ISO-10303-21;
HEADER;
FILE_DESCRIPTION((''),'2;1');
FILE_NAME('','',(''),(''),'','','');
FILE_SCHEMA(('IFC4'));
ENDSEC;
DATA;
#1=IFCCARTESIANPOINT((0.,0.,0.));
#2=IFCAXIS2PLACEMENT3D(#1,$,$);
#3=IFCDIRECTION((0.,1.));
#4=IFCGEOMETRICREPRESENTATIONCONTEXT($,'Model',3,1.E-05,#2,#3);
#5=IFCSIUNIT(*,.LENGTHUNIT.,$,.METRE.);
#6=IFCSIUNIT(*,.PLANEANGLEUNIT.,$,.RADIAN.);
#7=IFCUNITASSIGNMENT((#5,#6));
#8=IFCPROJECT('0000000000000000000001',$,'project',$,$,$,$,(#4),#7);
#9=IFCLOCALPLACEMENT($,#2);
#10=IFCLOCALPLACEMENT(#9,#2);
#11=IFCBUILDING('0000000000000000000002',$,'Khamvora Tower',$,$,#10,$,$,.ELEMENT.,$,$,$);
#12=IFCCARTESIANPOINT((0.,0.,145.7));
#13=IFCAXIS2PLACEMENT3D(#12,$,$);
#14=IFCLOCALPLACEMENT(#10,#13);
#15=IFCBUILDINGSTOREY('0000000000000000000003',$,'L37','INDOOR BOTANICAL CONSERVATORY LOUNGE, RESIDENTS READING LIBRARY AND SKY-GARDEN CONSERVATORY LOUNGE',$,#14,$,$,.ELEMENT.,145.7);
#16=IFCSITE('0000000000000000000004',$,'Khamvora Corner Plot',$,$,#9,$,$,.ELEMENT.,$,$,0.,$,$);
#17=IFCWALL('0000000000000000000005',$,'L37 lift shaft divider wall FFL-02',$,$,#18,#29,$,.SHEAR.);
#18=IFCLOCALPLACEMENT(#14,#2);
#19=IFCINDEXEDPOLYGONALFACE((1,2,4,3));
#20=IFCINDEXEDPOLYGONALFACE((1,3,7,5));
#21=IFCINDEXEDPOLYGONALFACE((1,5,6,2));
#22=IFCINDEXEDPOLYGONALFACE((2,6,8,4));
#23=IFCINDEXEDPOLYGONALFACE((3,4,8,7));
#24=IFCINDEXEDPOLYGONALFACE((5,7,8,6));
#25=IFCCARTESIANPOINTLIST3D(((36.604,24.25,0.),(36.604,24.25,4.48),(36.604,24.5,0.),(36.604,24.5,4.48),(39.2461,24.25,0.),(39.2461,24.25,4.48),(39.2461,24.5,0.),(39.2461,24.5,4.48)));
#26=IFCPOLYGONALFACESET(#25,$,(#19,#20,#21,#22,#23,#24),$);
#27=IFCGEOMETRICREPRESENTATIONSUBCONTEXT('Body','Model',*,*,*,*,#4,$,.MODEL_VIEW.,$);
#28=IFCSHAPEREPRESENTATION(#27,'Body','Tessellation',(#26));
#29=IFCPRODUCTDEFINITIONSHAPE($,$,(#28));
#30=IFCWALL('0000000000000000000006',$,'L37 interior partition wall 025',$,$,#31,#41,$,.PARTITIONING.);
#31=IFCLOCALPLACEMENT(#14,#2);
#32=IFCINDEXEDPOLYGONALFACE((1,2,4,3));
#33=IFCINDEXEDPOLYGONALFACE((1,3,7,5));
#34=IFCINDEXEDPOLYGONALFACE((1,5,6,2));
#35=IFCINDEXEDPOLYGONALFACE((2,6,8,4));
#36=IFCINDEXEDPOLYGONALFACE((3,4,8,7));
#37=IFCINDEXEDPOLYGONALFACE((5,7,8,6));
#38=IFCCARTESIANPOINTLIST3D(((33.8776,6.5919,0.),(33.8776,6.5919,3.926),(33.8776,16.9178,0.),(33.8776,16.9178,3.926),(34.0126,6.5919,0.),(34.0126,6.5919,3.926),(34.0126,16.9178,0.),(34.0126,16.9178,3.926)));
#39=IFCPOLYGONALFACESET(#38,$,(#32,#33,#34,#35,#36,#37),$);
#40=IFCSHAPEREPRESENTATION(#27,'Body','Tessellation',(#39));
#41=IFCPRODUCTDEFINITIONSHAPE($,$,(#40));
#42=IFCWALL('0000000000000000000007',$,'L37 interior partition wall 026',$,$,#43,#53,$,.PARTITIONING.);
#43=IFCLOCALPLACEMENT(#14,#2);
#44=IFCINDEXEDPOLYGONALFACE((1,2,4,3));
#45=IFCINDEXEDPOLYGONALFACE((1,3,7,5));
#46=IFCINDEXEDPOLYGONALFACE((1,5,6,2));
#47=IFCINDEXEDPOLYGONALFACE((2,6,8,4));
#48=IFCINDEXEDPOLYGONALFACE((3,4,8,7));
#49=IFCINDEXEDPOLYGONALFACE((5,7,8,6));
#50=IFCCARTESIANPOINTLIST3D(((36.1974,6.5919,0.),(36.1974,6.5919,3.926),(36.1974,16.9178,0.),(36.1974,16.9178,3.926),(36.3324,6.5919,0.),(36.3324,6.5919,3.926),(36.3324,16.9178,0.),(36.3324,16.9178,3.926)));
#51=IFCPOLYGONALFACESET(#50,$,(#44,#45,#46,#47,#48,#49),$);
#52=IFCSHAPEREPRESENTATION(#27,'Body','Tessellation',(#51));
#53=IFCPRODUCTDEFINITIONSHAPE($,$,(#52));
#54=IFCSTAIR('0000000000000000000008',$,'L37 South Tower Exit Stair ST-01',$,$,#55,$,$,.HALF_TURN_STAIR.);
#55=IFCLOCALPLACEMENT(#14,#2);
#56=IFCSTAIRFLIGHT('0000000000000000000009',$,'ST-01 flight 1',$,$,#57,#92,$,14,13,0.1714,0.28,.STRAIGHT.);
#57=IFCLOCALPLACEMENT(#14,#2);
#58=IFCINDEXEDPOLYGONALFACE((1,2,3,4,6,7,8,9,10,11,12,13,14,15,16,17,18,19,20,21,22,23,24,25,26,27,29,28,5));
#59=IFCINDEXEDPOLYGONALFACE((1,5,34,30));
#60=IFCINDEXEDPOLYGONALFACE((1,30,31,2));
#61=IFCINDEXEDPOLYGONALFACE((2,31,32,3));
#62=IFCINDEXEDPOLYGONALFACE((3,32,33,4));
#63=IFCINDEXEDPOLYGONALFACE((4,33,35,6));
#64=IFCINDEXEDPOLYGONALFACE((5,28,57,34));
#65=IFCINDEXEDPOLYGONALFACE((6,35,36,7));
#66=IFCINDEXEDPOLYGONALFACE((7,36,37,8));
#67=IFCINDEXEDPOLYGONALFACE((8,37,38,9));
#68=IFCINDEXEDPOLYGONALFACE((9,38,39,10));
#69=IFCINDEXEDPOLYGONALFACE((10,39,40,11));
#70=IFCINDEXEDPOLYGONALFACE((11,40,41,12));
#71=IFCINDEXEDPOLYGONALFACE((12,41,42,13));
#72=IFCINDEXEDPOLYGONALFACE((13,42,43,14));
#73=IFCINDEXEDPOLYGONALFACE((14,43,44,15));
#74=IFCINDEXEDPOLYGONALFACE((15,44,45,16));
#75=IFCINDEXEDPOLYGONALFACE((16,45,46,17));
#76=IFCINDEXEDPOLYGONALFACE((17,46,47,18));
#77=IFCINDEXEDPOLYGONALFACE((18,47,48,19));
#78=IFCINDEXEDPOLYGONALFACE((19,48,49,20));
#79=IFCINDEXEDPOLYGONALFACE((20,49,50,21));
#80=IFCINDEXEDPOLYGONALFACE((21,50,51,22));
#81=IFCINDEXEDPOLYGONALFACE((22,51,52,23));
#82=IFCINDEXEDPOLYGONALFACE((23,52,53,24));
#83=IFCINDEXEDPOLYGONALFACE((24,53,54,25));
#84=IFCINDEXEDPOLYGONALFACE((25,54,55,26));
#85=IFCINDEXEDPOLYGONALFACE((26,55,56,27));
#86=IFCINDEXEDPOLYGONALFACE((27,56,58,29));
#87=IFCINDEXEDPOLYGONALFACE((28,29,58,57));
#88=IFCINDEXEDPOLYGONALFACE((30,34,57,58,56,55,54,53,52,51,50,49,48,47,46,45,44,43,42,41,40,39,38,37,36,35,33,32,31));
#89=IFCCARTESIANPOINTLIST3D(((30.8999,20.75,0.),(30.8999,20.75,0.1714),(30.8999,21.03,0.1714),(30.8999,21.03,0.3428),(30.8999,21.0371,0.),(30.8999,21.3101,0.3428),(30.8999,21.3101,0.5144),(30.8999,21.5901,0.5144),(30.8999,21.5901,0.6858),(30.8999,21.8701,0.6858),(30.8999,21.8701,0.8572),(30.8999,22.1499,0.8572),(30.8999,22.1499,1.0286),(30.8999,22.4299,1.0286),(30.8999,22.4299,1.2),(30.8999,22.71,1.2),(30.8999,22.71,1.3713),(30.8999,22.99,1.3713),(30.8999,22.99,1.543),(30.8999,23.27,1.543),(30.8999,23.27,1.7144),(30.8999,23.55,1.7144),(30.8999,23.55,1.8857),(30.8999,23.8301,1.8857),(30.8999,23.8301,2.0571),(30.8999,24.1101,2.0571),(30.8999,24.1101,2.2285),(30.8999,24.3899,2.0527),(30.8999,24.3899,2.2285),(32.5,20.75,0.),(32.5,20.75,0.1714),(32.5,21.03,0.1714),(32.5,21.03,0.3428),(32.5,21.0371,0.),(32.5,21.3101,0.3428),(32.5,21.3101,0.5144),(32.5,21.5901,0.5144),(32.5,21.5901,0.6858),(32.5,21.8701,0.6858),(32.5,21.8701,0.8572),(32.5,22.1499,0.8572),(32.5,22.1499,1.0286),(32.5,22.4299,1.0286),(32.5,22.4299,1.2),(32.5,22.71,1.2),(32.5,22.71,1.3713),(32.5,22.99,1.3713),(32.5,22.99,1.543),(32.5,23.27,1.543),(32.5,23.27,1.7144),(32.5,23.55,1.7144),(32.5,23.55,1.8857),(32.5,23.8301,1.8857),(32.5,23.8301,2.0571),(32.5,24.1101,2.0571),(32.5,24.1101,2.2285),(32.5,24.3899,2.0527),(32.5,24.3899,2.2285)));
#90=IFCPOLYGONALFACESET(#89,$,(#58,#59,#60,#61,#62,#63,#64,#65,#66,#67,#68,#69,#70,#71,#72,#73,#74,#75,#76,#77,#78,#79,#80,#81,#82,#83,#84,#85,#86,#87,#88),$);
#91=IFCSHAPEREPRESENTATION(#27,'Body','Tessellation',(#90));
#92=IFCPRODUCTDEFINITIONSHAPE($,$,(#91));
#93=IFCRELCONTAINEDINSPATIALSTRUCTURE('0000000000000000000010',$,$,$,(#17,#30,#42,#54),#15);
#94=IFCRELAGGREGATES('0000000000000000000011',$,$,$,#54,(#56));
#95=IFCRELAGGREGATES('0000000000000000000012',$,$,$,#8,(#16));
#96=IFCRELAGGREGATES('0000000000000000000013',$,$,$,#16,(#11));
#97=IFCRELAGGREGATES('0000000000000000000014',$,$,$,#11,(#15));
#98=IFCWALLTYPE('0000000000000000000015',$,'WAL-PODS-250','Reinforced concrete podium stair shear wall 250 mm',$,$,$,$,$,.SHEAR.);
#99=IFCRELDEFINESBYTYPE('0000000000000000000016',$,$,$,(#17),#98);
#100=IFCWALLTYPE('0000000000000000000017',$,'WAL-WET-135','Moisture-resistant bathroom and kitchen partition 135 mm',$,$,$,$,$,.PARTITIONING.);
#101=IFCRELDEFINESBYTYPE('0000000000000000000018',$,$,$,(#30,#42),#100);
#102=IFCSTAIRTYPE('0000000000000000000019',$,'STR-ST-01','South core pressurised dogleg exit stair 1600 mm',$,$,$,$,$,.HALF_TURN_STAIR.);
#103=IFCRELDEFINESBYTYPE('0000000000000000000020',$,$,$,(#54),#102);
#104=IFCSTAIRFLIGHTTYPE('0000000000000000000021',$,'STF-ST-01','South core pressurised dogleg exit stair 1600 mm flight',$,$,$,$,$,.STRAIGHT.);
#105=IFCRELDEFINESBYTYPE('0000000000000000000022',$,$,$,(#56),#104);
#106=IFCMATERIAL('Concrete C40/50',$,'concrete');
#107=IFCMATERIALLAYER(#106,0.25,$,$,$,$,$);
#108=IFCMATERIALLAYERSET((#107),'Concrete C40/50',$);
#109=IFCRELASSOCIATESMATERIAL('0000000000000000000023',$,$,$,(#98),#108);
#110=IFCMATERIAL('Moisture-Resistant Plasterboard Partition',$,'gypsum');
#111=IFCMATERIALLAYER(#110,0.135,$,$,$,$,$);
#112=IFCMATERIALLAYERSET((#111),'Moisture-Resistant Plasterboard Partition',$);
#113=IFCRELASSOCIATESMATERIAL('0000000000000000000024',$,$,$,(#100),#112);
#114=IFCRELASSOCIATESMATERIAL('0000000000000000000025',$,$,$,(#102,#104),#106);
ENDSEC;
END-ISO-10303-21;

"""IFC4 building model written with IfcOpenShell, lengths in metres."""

from ifc_helpers import new_model, si_unit, direction, frame, frame_2d, origin, place, context, subcontext, project, spatial, polyline, rectangle, outline, extrude, material, layer, layer_set, type_object, element, aggregate, save


model = new_model("IFC4")

# Units and contexts
model_context = context("Model", 3, precision=1e-05, world=origin(), true_north=direction((0.0, 1.0)))
body_context = subcontext(model_context, "Body", "Model", "MODEL_VIEW")
ifc_project = project(units=[si_unit("LENGTHUNIT", "METRE"), si_unit("PLANEANGLEUNIT", "RADIAN")], contexts=[model_context])

# Site, building, storey
site_placement = place(None, origin())
site = spatial("IfcSite", under=ifc_project, at=site_placement, Name="Khamvora Corner Plot", CompositionType="ELEMENT", RefElevation=0.0)
building_placement = place(site_placement, origin())
building = spatial("IfcBuilding", under=site, at=building_placement, Name="Khamvora Tower", CompositionType="ELEMENT")
storey_placement = place(building_placement, frame((0.0, 0.0, 145.7)))
storey = spatial("IfcBuildingStorey", under=building, at=storey_placement, Name="L37", Description="INDOOR BOTANICAL CONSERVATORY LOUNGE, RESIDENTS READING LIBRARY AND SKY-GARDEN CONSERVATORY LOUNGE", CompositionType="ELEMENT", Elevation=145.7)

# Walls
ifc_material_1 = material(Name="Concrete C40/50", Category="concrete")
ifc_layer_1 = layer(ifc_material_1, 0.25)
ifc_layer_set_1 = layer_set([ifc_layer_1], Name="Concrete C40/50")
wall_type_1 = type_object("IfcWallType", Name="WAL-PODS-250", Description="Reinforced concrete podium stair shear wall 250 mm", PredefinedType="SHEAR", material=ifc_layer_set_1)
for number, where, z_axis, x_axis, name in (
    (1, (36.604, 24.375, 0.0), (0.0, 0.0, 1.0), (1.0, 0.0, 0.0), "L37 lift shaft divider wall FFL-02"),
):
    element("IfcWall", number, at=place(storey_placement, frame(where, z_axis=z_axis, x_axis=x_axis)), inside=storey, type_object=wall_type_1, Name=name, PredefinedType="SHEAR", context=body_context, shape_type="SweptSolid", body=[
        extrude(rectangle(XDim=2.6421, YDim=0.25, at=frame_2d((1.321, 0.0))), origin(), (0.0, 0.0, 1.0), 4.48),
    ])
ifc_material_2 = material(Name="Moisture-Resistant Plasterboard Partition", Category="gypsum")
ifc_layer_2 = layer(ifc_material_2, 0.135)
ifc_layer_set_2 = layer_set([ifc_layer_2], Name="Moisture-Resistant Plasterboard Partition")
wall_type_2 = type_object("IfcWallType", Name="WAL-WET-135", Description="Moisture-resistant bathroom and kitchen partition 135 mm", PredefinedType="PARTITIONING", material=ifc_layer_set_2)
for number, where, z_axis, x_axis, name in (
    (2, (33.9451, 16.918, 0.0), (0.0, 0.0, 1.0), (0.0, -1.0, 0.0), "L37 interior partition wall 025"),
    (3, (36.2649, 16.918, 0.0), (0.0, 0.0, 1.0), (0.0, -1.0, 0.0), "L37 interior partition wall 026"),
):
    element("IfcWall", number, at=place(storey_placement, frame(where, z_axis=z_axis, x_axis=x_axis)), inside=storey, type_object=wall_type_2, Name=name, PredefinedType="PARTITIONING", context=body_context, shape_type="SweptSolid", body=[
        extrude(rectangle(XDim=10.3259, YDim=0.135, at=frame_2d((5.1631, 0.0))), origin(), (0.0, 0.0, 1.0), 3.926),
    ])

# Stair, stair flight
stair_type = type_object("IfcStairType", Name="STR-ST-01", Description="South core pressurised dogleg exit stair 1600 mm", PredefinedType="HALF_TURN_STAIR", material=ifc_material_1)
stair_placement = place(storey_placement, origin())
stair = element("IfcStair", 4, at=stair_placement, inside=storey, type_object=stair_type, Name="L37 South Tower Exit Stair ST-01", PredefinedType="HALF_TURN_STAIR")
stair_flight_type = type_object("IfcStairFlightType", Name="STF-ST-01", Description="South core pressurised dogleg exit stair 1600 mm flight", PredefinedType="STRAIGHT", material=ifc_material_1)
stair_flight_placement = place(storey_placement, frame((31.7, 20.75, 0.0), z_axis=(0.0, 0.0, 1.0), x_axis=(0.0, 1.0, 0.0)))
stair_flight = element("IfcStairFlight", 5, at=stair_flight_placement, type_object=stair_flight_type, Name="ST-01 flight 1", NumberOfRisers=14, NumberOfTreads=13, PredefinedType="STRAIGHT", RiserHeight=0.1714, TreadLength=0.28, context=body_context, shape_type="SweptSolid", body=[
    extrude(outline(polyline([(0.0, 0.0), (0.0, 0.1714), (0.28, 0.1714), (0.28, 0.3428), (0.5601, 0.3428), (0.5601, 0.5144), (0.8401, 0.5144), (0.8401, 0.6858), (1.1201, 0.6858), (1.1201, 0.8572), (1.3999, 0.8572), (1.3999, 1.0286), (1.6799, 1.0286), (1.6799, 1.2), (1.96, 1.2), (1.96, 1.3713), (2.24, 1.3713), (2.24, 1.543), (2.52, 1.543), (2.52, 1.7144), (2.8, 1.7144), (2.8, 1.8857), (3.0801, 1.8857), (3.0801, 2.0571), (3.3601, 2.0571), (3.3601, 2.2285), (3.6399, 2.2285), (3.6399, 2.3999), (3.6399, 2.0527), (0.2871, 0.0), (0.0, 0.0)])), frame((0.0, 0.8, 0.0), z_axis=(0.0, -1.0, 0.0), x_axis=(1.0, 0.0, 0.0)), (0.0, 0.0, 1.0), 1.6001),
])
aggregate(stair, [stair_flight])

save(model, "model.ifc")
